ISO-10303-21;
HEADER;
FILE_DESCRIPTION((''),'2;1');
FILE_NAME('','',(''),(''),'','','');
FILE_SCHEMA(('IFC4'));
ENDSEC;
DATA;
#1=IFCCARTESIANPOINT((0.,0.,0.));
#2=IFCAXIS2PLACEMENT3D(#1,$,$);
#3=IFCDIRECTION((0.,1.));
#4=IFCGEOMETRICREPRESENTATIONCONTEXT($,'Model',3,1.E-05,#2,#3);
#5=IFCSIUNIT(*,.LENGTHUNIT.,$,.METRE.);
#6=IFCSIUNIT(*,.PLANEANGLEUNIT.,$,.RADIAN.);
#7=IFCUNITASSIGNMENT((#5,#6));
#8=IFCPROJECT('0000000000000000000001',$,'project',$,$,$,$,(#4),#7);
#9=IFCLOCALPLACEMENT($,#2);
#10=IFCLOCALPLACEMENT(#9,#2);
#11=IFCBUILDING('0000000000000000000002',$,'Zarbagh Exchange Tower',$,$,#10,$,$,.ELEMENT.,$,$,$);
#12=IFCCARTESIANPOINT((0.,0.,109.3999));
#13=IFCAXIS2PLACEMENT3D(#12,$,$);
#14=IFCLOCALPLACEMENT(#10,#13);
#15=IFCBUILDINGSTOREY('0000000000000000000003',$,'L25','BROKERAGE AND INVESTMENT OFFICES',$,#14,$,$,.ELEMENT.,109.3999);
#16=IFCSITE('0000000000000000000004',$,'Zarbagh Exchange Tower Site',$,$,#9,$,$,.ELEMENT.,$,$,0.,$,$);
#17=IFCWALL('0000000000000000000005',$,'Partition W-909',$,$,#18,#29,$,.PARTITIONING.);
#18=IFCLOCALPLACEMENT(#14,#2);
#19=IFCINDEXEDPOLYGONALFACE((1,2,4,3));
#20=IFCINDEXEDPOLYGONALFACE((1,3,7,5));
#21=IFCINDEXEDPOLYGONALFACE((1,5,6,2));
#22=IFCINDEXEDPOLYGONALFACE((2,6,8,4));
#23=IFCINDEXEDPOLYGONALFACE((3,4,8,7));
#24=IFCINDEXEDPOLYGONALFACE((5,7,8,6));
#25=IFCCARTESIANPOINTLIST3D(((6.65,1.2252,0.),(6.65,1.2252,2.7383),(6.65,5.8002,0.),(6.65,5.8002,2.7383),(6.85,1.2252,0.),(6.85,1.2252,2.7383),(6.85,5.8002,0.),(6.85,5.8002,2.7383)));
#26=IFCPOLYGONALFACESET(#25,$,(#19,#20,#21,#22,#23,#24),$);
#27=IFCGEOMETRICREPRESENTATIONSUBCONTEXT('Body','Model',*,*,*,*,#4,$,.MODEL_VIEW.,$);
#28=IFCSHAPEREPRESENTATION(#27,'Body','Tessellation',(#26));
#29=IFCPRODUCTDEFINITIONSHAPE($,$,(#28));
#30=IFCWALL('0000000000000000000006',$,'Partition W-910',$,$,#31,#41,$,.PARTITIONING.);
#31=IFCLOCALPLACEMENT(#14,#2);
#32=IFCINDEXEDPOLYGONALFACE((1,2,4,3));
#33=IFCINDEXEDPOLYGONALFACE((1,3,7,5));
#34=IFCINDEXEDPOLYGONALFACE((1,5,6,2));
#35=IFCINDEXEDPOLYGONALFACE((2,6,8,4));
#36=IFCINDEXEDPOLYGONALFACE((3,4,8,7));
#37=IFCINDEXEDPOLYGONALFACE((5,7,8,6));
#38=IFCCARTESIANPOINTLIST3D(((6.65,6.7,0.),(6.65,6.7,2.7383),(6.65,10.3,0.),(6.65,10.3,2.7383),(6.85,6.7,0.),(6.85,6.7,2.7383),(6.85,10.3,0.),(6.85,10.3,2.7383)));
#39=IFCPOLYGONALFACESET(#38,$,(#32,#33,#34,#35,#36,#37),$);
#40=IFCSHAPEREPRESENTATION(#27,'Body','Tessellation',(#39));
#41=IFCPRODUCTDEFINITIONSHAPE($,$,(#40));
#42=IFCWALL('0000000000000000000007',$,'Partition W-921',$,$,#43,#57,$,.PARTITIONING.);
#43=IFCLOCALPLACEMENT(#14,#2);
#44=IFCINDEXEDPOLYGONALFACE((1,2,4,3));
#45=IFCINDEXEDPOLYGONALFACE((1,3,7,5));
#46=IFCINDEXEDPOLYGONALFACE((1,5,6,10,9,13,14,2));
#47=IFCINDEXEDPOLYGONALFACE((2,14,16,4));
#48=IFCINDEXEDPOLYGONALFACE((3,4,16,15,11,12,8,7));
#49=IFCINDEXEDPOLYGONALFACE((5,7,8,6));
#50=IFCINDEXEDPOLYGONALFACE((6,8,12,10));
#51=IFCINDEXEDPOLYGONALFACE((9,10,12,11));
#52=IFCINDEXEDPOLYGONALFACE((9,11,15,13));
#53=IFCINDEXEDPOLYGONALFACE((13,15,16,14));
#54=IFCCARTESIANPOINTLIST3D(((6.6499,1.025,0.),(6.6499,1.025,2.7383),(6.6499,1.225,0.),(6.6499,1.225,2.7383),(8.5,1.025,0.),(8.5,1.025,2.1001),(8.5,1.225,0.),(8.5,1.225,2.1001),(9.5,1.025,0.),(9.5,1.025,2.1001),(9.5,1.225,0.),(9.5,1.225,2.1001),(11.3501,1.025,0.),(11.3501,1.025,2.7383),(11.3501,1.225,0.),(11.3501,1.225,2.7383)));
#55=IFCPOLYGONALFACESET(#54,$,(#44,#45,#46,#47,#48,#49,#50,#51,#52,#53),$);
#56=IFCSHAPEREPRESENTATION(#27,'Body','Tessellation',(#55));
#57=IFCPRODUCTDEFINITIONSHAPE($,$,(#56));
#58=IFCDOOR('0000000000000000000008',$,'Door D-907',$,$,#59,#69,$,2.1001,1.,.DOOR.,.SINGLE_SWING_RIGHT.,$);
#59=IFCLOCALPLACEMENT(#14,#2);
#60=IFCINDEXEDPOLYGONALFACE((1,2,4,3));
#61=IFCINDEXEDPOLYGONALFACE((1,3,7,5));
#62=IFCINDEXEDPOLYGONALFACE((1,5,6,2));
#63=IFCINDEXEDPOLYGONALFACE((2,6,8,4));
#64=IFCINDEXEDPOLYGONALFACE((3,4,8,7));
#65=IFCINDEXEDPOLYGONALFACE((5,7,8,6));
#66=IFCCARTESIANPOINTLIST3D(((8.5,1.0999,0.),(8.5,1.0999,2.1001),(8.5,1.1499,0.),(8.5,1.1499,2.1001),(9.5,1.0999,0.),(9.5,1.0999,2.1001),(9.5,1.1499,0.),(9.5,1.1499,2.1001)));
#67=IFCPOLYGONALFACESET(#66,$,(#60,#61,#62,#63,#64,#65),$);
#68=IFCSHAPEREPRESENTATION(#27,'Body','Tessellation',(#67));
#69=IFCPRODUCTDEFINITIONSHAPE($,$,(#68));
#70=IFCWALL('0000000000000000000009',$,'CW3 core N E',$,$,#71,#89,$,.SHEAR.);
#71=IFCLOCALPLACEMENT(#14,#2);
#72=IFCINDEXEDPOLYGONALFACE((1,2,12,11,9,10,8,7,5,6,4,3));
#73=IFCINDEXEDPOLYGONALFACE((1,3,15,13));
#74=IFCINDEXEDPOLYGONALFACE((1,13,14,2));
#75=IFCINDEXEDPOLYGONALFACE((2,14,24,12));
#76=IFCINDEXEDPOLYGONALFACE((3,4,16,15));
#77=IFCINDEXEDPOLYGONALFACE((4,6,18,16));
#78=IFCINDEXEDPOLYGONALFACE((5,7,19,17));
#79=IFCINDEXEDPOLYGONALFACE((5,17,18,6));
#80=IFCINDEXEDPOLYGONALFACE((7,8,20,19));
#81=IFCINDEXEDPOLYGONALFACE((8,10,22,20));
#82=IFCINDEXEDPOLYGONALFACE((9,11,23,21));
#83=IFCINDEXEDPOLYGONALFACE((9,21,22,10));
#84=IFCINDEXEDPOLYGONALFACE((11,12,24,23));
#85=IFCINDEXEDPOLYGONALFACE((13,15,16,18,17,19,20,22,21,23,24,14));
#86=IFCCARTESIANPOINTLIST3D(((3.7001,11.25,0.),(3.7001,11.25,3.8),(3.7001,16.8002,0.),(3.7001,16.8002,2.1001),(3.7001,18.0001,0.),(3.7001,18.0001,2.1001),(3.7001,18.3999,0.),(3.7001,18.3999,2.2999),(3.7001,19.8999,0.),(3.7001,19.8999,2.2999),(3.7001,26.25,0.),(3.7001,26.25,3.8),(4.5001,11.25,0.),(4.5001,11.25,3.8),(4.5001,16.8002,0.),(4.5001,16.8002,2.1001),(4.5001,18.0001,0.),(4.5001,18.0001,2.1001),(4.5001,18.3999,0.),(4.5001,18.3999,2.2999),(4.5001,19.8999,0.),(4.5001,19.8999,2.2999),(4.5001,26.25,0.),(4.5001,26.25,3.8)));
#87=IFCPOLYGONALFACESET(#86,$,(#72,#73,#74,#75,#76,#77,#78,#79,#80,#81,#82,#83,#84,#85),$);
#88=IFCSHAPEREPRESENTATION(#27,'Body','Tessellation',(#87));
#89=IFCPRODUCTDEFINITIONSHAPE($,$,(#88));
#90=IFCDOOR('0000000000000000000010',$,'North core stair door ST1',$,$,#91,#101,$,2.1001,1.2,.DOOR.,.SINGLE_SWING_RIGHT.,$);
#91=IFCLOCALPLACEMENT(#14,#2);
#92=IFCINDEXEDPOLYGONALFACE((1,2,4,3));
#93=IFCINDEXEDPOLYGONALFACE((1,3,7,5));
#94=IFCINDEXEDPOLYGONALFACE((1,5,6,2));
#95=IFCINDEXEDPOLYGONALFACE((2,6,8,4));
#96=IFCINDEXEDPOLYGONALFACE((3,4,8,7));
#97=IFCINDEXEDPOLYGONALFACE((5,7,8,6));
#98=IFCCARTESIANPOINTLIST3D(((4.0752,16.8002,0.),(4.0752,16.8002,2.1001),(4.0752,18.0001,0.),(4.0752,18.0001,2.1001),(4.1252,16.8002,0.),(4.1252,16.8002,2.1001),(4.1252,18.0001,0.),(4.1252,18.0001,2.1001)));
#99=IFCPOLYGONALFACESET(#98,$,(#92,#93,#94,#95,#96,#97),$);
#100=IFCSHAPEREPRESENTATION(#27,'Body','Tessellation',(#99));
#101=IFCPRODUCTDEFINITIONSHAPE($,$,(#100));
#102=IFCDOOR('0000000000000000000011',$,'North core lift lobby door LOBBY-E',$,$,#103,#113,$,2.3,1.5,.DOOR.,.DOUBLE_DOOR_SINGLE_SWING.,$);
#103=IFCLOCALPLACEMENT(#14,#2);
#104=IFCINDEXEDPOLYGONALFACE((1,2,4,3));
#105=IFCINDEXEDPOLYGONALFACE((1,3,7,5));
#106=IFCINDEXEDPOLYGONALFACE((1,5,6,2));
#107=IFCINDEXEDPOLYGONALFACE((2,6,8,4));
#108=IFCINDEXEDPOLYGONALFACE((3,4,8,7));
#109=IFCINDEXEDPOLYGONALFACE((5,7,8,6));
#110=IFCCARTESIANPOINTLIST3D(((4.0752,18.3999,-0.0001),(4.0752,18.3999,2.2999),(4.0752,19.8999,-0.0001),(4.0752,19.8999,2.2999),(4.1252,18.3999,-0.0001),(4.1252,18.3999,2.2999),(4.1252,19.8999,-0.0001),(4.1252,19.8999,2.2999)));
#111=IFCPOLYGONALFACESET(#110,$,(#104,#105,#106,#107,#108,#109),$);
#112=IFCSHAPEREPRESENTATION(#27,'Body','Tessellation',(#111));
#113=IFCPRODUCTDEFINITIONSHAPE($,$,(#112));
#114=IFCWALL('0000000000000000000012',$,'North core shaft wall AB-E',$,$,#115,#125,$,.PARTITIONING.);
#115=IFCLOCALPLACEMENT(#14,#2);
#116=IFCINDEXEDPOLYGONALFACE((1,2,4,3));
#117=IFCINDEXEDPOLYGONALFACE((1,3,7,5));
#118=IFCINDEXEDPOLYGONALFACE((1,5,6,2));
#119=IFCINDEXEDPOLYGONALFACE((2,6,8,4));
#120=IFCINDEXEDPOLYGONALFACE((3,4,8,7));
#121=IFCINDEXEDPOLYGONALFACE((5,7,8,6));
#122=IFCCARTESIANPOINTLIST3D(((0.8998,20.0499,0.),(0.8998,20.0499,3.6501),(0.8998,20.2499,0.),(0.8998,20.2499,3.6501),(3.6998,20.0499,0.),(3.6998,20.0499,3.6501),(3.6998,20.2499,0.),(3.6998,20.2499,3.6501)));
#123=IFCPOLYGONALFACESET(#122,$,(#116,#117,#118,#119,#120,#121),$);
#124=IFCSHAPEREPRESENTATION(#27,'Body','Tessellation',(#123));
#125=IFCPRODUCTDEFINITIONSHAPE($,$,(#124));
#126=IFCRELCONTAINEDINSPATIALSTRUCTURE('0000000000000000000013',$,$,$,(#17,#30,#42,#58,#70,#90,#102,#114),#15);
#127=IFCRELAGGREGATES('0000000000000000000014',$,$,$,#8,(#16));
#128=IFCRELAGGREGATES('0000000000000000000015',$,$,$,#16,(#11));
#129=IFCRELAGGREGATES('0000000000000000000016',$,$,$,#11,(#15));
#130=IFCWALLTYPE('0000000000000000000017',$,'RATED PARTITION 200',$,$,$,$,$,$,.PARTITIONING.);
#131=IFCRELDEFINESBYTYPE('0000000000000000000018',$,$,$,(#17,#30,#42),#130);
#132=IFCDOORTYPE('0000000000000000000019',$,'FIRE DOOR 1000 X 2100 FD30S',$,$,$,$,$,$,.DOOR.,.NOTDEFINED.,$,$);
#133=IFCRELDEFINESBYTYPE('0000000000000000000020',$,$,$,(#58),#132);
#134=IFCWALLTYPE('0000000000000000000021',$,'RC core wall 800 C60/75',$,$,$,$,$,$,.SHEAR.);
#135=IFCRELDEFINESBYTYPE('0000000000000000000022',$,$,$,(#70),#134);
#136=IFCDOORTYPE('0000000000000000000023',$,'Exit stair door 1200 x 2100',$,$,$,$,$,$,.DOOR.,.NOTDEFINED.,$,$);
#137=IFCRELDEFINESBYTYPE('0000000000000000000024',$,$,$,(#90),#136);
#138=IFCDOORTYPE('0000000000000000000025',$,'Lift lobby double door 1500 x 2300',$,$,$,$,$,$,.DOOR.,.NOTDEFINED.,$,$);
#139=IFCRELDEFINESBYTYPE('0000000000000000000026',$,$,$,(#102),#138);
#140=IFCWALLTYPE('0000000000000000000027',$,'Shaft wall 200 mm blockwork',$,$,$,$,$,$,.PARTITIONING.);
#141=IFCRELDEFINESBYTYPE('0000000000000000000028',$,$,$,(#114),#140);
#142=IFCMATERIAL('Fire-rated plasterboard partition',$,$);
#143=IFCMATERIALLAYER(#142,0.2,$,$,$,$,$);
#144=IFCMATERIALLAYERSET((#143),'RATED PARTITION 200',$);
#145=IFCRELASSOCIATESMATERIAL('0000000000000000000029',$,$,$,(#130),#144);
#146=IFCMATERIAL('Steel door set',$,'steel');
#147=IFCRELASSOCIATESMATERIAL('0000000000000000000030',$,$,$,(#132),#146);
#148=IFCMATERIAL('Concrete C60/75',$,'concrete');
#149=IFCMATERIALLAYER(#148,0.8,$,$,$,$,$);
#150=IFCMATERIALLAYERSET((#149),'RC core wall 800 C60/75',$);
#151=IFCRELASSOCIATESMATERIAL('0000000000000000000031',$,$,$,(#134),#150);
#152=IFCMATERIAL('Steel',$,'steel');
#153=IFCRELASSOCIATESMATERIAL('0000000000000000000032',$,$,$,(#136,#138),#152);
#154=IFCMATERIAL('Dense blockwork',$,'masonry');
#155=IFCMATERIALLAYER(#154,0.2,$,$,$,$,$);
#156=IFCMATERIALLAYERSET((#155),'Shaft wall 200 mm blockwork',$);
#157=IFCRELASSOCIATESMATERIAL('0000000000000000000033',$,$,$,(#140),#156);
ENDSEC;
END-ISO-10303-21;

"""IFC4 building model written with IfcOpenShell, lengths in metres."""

from ifc_helpers import new_model, si_unit, direction, frame, frame_2d, origin, place, context, subcontext, project, spatial, rectangle, extrude, material, layer, layer_set, type_object, element, fill, save


model = new_model("IFC4")

# Units and contexts
model_context = context("Model", 3, precision=1e-05, world=origin(), true_north=direction((0.0, 1.0)))
body_context = subcontext(model_context, "Body", "Model", "MODEL_VIEW")
ifc_project = project(units=[si_unit("LENGTHUNIT", "METRE"), si_unit("PLANEANGLEUNIT", "RADIAN")], contexts=[model_context])

# Site, building, storey
site_placement = place(None, origin())
site = spatial("IfcSite", under=ifc_project, at=site_placement, Name="Zarbagh Exchange Tower Site", CompositionType="ELEMENT", RefElevation=0.0)
building_placement = place(site_placement, origin())
building = spatial("IfcBuilding", under=site, at=building_placement, Name="Zarbagh Exchange Tower", CompositionType="ELEMENT")
storey_placement = place(building_placement, frame((0.0, 0.0, 109.3999)))
storey = spatial("IfcBuildingStorey", under=building, at=storey_placement, Name="L25", Description="BROKERAGE AND INVESTMENT OFFICES", CompositionType="ELEMENT", Elevation=109.3999)

# Shared definitions
ifc_material_1 = material(Name="Concrete C60/75", Category="concrete")

# Shared definitions
ifc_material_2 = material(Name="Fire-rated plasterboard partition")
ifc_layer_1 = layer(ifc_material_2, 0.2)
ifc_layer_set_1 = layer_set([ifc_layer_1], Name="RATED PARTITION 200")
wall_type_1 = type_object("IfcWallType", Name="RATED PARTITION 200", PredefinedType="PARTITIONING", material=ifc_layer_set_1)
ifc_material_3 = material(Name="Steel door set", Category="steel")
door_type_1 = type_object("IfcDoorType", Name="FIRE DOOR 1000 X 2100 FD30S", OperationType="NOTDEFINED", PredefinedType="DOOR", material=ifc_material_3)

# Walls
wall_1_placement = place(storey_placement, frame((6.75, 1.2251, 0.0), z_axis=(0.0, 0.0, 1.0), x_axis=(0.0, 1.0, 0.0)))
element("IfcWall", 1, at=wall_1_placement, inside=storey, type_object=wall_type_1, Name="Partition W-909", PredefinedType="PARTITIONING", context=body_context, shape_type="SweptSolid", body=[
    extrude(rectangle(XDim=4.575, YDim=0.2, at=frame_2d((2.2876, 0.0))), origin(), (0.0, 0.0, 1.0), 2.7383),
])
wall_2_placement = place(storey_placement, frame((6.75, 6.7, 0.0), z_axis=(0.0, 0.0, 1.0), x_axis=(0.0, 1.0, 0.0)))
element("IfcWall", 2, at=wall_2_placement, inside=storey, type_object=wall_type_1, Name="Partition W-910", PredefinedType="PARTITIONING", context=body_context, shape_type="SweptSolid", body=[
    extrude(rectangle(XDim=3.6001, YDim=0.2, at=frame_2d((1.8, 0.0))), origin(), (0.0, 0.0, 1.0), 2.7383),
])

# Wall, opening, door
wall_3_placement = place(storey_placement, frame((6.6499, 1.125, 0.0), z_axis=(0.0, 0.0, 1.0), x_axis=(1.0, 0.0, 0.0)))
wall_3 = element("IfcWall", 3, at=wall_3_placement, inside=storey, type_object=wall_type_1, Name="Partition W-921", PredefinedType="PARTITIONING", context=body_context, shape_type="SweptSolid", body=[
    extrude(rectangle(XDim=4.7002, YDim=0.2, at=frame_2d((2.3501, 0.0))), origin(), (0.0, 0.0, 1.0), 2.7383),
])
opening_1_placement = place(wall_3_placement, frame((1.8501, 0.0, 0.0)))
opening_1 = element("IfcOpeningElement", 4, at=opening_1_placement, cuts=wall_3, PredefinedType="OPENING", context=body_context, shape_type="SweptSolid", body=[
    extrude(rectangle(XDim=1.0, YDim=2.1001, at=frame_2d((0.5, 1.05))), frame((0.0, 0.1099, 0.0), z_axis=(0.0, -1.0, 0.0), x_axis=(1.0, 0.0, 0.0)), (0.0, 0.0, 1.0), 0.22),
])
door_1_placement = place(opening_1_placement, origin())
door_1 = element("IfcDoor", 5, at=door_1_placement, inside=storey, type_object=door_type_1, Name="Door D-907", OperationType="SINGLE_SWING_RIGHT", OverallHeight=2.1001, OverallWidth=1.0, PredefinedType="DOOR", context=body_context, shape_type="SweptSolid", body=[
    extrude(rectangle(XDim=1.0, YDim=2.1001, at=frame_2d((0.5, 1.05))), frame((0.0, 0.0249, 0.0), z_axis=(0.0, -1.0, 0.0), x_axis=(1.0, 0.0, 0.0)), (0.0, 0.0, 1.0), 0.05),
])
fill(opening_1, door_1)

# Wall, openings, doors
ifc_layer_2 = layer(ifc_material_1, 0.8)
ifc_layer_set_2 = layer_set([ifc_layer_2], Name="RC core wall 800 C60/75")
wall_type_2 = type_object("IfcWallType", Name="RC core wall 800 C60/75", PredefinedType="SHEAR", material=ifc_layer_set_2)
wall_4_placement = place(storey_placement, frame((4.1001, 11.25, 0.0), z_axis=(0.0, 0.0, 1.0), x_axis=(0.0, 1.0, 0.0)))
wall_4 = element("IfcWall", 6, at=wall_4_placement, inside=storey, type_object=wall_type_2, Name="CW3 core N E", PredefinedType="SHEAR", context=body_context, shape_type="SweptSolid", body=[
    extrude(rectangle(XDim=15.0, YDim=0.8, at=frame_2d((7.5, 0.0))), origin(), (0.0, 0.0, 1.0), 3.8),
])
opening_2_placement = place(wall_4_placement, frame((7.1499, 0.0, 0.0)))
opening_2 = element("IfcOpeningElement", 7, at=opening_2_placement, cuts=wall_4, PredefinedType="OPENING", context=body_context, shape_type="SweptSolid", body=[
    extrude(rectangle(XDim=1.5, YDim=2.3, at=frame_2d((0.75, 1.1499))), frame((0.0, 0.4099, 0.0), z_axis=(0.0, -1.0, 0.0), x_axis=(1.0, 0.0, 0.0)), (0.0, 0.0, 1.0), 0.8201),
])
opening_3_placement = place(wall_4_placement, frame((5.55, 0.0, 0.0)))
opening_3 = element("IfcOpeningElement", 8, at=opening_3_placement, cuts=wall_4, PredefinedType="OPENING", context=body_context, shape_type="SweptSolid", body=[
    extrude(rectangle(XDim=1.2, YDim=2.1001, at=frame_2d((0.6001, 1.05))), frame((0.0, 0.4099, 0.0), z_axis=(0.0, -1.0, 0.0), x_axis=(1.0, 0.0, 0.0)), (0.0, 0.0, 1.0), 0.8201),
])
ifc_material_4 = material(Name="Steel", Category="steel")
door_type_2 = type_object("IfcDoorType", Name="Exit stair door 1200 x 2100", OperationType="NOTDEFINED", PredefinedType="DOOR", material=ifc_material_4)
door_2_placement = place(opening_3_placement, origin())
door_2 = element("IfcDoor", 9, at=door_2_placement, inside=storey, type_object=door_type_2, Name="North core stair door ST1", OperationType="SINGLE_SWING_RIGHT", OverallHeight=2.1001, OverallWidth=1.2, PredefinedType="DOOR", context=body_context, shape_type="SweptSolid", body=[
    extrude(rectangle(XDim=1.2, YDim=2.1001, at=frame_2d((0.6001, 1.05))), frame((0.0, 0.0249, 0.0), z_axis=(0.0, -1.0, 0.0), x_axis=(1.0, 0.0, 0.0)), (0.0, 0.0, 1.0), 0.05),
])
fill(opening_3, door_2)
door_type_3 = type_object("IfcDoorType", Name="Lift lobby double door 1500 x 2300", OperationType="NOTDEFINED", PredefinedType="DOOR", material=ifc_material_4)
door_3_placement = place(opening_2_placement, origin())
door_3 = element("IfcDoor", 10, at=door_3_placement, inside=storey, type_object=door_type_3, Name="North core lift lobby door LOBBY-E", OperationType="DOUBLE_DOOR_SINGLE_SWING", OverallHeight=2.3, OverallWidth=1.5, PredefinedType="DOOR", context=body_context, shape_type="SweptSolid", body=[
    extrude(rectangle(XDim=1.5, YDim=2.3, at=frame_2d((0.75, 1.1499))), frame((0.0, 0.0249, 0.0), z_axis=(0.0, -1.0, 0.0), x_axis=(1.0, 0.0, 0.0)), (0.0, 0.0, 1.0), 0.05),
])
fill(opening_2, door_3)

# Wall
ifc_material_5 = material(Name="Dense blockwork", Category="masonry")
ifc_layer_3 = layer(ifc_material_5, 0.2)
ifc_layer_set_3 = layer_set([ifc_layer_3], Name="Shaft wall 200 mm blockwork")
wall_type_3 = type_object("IfcWallType", Name="Shaft wall 200 mm blockwork", PredefinedType="PARTITIONING", material=ifc_layer_set_3)
wall_5_placement = place(storey_placement, frame((0.8999, 20.1499, 0.0), z_axis=(0.0, 0.0, 1.0), x_axis=(1.0, 0.0, 0.0)))
element("IfcWall", 11, at=wall_5_placement, inside=storey, type_object=wall_type_3, Name="North core shaft wall AB-E", PredefinedType="PARTITIONING", context=body_context, shape_type="SweptSolid", body=[
    extrude(rectangle(XDim=2.8, YDim=0.2, at=frame_2d((1.3999, 0.0))), origin(), (0.0, 0.0, 1.0), 3.6501),
])

save(model, "model.ifc")
